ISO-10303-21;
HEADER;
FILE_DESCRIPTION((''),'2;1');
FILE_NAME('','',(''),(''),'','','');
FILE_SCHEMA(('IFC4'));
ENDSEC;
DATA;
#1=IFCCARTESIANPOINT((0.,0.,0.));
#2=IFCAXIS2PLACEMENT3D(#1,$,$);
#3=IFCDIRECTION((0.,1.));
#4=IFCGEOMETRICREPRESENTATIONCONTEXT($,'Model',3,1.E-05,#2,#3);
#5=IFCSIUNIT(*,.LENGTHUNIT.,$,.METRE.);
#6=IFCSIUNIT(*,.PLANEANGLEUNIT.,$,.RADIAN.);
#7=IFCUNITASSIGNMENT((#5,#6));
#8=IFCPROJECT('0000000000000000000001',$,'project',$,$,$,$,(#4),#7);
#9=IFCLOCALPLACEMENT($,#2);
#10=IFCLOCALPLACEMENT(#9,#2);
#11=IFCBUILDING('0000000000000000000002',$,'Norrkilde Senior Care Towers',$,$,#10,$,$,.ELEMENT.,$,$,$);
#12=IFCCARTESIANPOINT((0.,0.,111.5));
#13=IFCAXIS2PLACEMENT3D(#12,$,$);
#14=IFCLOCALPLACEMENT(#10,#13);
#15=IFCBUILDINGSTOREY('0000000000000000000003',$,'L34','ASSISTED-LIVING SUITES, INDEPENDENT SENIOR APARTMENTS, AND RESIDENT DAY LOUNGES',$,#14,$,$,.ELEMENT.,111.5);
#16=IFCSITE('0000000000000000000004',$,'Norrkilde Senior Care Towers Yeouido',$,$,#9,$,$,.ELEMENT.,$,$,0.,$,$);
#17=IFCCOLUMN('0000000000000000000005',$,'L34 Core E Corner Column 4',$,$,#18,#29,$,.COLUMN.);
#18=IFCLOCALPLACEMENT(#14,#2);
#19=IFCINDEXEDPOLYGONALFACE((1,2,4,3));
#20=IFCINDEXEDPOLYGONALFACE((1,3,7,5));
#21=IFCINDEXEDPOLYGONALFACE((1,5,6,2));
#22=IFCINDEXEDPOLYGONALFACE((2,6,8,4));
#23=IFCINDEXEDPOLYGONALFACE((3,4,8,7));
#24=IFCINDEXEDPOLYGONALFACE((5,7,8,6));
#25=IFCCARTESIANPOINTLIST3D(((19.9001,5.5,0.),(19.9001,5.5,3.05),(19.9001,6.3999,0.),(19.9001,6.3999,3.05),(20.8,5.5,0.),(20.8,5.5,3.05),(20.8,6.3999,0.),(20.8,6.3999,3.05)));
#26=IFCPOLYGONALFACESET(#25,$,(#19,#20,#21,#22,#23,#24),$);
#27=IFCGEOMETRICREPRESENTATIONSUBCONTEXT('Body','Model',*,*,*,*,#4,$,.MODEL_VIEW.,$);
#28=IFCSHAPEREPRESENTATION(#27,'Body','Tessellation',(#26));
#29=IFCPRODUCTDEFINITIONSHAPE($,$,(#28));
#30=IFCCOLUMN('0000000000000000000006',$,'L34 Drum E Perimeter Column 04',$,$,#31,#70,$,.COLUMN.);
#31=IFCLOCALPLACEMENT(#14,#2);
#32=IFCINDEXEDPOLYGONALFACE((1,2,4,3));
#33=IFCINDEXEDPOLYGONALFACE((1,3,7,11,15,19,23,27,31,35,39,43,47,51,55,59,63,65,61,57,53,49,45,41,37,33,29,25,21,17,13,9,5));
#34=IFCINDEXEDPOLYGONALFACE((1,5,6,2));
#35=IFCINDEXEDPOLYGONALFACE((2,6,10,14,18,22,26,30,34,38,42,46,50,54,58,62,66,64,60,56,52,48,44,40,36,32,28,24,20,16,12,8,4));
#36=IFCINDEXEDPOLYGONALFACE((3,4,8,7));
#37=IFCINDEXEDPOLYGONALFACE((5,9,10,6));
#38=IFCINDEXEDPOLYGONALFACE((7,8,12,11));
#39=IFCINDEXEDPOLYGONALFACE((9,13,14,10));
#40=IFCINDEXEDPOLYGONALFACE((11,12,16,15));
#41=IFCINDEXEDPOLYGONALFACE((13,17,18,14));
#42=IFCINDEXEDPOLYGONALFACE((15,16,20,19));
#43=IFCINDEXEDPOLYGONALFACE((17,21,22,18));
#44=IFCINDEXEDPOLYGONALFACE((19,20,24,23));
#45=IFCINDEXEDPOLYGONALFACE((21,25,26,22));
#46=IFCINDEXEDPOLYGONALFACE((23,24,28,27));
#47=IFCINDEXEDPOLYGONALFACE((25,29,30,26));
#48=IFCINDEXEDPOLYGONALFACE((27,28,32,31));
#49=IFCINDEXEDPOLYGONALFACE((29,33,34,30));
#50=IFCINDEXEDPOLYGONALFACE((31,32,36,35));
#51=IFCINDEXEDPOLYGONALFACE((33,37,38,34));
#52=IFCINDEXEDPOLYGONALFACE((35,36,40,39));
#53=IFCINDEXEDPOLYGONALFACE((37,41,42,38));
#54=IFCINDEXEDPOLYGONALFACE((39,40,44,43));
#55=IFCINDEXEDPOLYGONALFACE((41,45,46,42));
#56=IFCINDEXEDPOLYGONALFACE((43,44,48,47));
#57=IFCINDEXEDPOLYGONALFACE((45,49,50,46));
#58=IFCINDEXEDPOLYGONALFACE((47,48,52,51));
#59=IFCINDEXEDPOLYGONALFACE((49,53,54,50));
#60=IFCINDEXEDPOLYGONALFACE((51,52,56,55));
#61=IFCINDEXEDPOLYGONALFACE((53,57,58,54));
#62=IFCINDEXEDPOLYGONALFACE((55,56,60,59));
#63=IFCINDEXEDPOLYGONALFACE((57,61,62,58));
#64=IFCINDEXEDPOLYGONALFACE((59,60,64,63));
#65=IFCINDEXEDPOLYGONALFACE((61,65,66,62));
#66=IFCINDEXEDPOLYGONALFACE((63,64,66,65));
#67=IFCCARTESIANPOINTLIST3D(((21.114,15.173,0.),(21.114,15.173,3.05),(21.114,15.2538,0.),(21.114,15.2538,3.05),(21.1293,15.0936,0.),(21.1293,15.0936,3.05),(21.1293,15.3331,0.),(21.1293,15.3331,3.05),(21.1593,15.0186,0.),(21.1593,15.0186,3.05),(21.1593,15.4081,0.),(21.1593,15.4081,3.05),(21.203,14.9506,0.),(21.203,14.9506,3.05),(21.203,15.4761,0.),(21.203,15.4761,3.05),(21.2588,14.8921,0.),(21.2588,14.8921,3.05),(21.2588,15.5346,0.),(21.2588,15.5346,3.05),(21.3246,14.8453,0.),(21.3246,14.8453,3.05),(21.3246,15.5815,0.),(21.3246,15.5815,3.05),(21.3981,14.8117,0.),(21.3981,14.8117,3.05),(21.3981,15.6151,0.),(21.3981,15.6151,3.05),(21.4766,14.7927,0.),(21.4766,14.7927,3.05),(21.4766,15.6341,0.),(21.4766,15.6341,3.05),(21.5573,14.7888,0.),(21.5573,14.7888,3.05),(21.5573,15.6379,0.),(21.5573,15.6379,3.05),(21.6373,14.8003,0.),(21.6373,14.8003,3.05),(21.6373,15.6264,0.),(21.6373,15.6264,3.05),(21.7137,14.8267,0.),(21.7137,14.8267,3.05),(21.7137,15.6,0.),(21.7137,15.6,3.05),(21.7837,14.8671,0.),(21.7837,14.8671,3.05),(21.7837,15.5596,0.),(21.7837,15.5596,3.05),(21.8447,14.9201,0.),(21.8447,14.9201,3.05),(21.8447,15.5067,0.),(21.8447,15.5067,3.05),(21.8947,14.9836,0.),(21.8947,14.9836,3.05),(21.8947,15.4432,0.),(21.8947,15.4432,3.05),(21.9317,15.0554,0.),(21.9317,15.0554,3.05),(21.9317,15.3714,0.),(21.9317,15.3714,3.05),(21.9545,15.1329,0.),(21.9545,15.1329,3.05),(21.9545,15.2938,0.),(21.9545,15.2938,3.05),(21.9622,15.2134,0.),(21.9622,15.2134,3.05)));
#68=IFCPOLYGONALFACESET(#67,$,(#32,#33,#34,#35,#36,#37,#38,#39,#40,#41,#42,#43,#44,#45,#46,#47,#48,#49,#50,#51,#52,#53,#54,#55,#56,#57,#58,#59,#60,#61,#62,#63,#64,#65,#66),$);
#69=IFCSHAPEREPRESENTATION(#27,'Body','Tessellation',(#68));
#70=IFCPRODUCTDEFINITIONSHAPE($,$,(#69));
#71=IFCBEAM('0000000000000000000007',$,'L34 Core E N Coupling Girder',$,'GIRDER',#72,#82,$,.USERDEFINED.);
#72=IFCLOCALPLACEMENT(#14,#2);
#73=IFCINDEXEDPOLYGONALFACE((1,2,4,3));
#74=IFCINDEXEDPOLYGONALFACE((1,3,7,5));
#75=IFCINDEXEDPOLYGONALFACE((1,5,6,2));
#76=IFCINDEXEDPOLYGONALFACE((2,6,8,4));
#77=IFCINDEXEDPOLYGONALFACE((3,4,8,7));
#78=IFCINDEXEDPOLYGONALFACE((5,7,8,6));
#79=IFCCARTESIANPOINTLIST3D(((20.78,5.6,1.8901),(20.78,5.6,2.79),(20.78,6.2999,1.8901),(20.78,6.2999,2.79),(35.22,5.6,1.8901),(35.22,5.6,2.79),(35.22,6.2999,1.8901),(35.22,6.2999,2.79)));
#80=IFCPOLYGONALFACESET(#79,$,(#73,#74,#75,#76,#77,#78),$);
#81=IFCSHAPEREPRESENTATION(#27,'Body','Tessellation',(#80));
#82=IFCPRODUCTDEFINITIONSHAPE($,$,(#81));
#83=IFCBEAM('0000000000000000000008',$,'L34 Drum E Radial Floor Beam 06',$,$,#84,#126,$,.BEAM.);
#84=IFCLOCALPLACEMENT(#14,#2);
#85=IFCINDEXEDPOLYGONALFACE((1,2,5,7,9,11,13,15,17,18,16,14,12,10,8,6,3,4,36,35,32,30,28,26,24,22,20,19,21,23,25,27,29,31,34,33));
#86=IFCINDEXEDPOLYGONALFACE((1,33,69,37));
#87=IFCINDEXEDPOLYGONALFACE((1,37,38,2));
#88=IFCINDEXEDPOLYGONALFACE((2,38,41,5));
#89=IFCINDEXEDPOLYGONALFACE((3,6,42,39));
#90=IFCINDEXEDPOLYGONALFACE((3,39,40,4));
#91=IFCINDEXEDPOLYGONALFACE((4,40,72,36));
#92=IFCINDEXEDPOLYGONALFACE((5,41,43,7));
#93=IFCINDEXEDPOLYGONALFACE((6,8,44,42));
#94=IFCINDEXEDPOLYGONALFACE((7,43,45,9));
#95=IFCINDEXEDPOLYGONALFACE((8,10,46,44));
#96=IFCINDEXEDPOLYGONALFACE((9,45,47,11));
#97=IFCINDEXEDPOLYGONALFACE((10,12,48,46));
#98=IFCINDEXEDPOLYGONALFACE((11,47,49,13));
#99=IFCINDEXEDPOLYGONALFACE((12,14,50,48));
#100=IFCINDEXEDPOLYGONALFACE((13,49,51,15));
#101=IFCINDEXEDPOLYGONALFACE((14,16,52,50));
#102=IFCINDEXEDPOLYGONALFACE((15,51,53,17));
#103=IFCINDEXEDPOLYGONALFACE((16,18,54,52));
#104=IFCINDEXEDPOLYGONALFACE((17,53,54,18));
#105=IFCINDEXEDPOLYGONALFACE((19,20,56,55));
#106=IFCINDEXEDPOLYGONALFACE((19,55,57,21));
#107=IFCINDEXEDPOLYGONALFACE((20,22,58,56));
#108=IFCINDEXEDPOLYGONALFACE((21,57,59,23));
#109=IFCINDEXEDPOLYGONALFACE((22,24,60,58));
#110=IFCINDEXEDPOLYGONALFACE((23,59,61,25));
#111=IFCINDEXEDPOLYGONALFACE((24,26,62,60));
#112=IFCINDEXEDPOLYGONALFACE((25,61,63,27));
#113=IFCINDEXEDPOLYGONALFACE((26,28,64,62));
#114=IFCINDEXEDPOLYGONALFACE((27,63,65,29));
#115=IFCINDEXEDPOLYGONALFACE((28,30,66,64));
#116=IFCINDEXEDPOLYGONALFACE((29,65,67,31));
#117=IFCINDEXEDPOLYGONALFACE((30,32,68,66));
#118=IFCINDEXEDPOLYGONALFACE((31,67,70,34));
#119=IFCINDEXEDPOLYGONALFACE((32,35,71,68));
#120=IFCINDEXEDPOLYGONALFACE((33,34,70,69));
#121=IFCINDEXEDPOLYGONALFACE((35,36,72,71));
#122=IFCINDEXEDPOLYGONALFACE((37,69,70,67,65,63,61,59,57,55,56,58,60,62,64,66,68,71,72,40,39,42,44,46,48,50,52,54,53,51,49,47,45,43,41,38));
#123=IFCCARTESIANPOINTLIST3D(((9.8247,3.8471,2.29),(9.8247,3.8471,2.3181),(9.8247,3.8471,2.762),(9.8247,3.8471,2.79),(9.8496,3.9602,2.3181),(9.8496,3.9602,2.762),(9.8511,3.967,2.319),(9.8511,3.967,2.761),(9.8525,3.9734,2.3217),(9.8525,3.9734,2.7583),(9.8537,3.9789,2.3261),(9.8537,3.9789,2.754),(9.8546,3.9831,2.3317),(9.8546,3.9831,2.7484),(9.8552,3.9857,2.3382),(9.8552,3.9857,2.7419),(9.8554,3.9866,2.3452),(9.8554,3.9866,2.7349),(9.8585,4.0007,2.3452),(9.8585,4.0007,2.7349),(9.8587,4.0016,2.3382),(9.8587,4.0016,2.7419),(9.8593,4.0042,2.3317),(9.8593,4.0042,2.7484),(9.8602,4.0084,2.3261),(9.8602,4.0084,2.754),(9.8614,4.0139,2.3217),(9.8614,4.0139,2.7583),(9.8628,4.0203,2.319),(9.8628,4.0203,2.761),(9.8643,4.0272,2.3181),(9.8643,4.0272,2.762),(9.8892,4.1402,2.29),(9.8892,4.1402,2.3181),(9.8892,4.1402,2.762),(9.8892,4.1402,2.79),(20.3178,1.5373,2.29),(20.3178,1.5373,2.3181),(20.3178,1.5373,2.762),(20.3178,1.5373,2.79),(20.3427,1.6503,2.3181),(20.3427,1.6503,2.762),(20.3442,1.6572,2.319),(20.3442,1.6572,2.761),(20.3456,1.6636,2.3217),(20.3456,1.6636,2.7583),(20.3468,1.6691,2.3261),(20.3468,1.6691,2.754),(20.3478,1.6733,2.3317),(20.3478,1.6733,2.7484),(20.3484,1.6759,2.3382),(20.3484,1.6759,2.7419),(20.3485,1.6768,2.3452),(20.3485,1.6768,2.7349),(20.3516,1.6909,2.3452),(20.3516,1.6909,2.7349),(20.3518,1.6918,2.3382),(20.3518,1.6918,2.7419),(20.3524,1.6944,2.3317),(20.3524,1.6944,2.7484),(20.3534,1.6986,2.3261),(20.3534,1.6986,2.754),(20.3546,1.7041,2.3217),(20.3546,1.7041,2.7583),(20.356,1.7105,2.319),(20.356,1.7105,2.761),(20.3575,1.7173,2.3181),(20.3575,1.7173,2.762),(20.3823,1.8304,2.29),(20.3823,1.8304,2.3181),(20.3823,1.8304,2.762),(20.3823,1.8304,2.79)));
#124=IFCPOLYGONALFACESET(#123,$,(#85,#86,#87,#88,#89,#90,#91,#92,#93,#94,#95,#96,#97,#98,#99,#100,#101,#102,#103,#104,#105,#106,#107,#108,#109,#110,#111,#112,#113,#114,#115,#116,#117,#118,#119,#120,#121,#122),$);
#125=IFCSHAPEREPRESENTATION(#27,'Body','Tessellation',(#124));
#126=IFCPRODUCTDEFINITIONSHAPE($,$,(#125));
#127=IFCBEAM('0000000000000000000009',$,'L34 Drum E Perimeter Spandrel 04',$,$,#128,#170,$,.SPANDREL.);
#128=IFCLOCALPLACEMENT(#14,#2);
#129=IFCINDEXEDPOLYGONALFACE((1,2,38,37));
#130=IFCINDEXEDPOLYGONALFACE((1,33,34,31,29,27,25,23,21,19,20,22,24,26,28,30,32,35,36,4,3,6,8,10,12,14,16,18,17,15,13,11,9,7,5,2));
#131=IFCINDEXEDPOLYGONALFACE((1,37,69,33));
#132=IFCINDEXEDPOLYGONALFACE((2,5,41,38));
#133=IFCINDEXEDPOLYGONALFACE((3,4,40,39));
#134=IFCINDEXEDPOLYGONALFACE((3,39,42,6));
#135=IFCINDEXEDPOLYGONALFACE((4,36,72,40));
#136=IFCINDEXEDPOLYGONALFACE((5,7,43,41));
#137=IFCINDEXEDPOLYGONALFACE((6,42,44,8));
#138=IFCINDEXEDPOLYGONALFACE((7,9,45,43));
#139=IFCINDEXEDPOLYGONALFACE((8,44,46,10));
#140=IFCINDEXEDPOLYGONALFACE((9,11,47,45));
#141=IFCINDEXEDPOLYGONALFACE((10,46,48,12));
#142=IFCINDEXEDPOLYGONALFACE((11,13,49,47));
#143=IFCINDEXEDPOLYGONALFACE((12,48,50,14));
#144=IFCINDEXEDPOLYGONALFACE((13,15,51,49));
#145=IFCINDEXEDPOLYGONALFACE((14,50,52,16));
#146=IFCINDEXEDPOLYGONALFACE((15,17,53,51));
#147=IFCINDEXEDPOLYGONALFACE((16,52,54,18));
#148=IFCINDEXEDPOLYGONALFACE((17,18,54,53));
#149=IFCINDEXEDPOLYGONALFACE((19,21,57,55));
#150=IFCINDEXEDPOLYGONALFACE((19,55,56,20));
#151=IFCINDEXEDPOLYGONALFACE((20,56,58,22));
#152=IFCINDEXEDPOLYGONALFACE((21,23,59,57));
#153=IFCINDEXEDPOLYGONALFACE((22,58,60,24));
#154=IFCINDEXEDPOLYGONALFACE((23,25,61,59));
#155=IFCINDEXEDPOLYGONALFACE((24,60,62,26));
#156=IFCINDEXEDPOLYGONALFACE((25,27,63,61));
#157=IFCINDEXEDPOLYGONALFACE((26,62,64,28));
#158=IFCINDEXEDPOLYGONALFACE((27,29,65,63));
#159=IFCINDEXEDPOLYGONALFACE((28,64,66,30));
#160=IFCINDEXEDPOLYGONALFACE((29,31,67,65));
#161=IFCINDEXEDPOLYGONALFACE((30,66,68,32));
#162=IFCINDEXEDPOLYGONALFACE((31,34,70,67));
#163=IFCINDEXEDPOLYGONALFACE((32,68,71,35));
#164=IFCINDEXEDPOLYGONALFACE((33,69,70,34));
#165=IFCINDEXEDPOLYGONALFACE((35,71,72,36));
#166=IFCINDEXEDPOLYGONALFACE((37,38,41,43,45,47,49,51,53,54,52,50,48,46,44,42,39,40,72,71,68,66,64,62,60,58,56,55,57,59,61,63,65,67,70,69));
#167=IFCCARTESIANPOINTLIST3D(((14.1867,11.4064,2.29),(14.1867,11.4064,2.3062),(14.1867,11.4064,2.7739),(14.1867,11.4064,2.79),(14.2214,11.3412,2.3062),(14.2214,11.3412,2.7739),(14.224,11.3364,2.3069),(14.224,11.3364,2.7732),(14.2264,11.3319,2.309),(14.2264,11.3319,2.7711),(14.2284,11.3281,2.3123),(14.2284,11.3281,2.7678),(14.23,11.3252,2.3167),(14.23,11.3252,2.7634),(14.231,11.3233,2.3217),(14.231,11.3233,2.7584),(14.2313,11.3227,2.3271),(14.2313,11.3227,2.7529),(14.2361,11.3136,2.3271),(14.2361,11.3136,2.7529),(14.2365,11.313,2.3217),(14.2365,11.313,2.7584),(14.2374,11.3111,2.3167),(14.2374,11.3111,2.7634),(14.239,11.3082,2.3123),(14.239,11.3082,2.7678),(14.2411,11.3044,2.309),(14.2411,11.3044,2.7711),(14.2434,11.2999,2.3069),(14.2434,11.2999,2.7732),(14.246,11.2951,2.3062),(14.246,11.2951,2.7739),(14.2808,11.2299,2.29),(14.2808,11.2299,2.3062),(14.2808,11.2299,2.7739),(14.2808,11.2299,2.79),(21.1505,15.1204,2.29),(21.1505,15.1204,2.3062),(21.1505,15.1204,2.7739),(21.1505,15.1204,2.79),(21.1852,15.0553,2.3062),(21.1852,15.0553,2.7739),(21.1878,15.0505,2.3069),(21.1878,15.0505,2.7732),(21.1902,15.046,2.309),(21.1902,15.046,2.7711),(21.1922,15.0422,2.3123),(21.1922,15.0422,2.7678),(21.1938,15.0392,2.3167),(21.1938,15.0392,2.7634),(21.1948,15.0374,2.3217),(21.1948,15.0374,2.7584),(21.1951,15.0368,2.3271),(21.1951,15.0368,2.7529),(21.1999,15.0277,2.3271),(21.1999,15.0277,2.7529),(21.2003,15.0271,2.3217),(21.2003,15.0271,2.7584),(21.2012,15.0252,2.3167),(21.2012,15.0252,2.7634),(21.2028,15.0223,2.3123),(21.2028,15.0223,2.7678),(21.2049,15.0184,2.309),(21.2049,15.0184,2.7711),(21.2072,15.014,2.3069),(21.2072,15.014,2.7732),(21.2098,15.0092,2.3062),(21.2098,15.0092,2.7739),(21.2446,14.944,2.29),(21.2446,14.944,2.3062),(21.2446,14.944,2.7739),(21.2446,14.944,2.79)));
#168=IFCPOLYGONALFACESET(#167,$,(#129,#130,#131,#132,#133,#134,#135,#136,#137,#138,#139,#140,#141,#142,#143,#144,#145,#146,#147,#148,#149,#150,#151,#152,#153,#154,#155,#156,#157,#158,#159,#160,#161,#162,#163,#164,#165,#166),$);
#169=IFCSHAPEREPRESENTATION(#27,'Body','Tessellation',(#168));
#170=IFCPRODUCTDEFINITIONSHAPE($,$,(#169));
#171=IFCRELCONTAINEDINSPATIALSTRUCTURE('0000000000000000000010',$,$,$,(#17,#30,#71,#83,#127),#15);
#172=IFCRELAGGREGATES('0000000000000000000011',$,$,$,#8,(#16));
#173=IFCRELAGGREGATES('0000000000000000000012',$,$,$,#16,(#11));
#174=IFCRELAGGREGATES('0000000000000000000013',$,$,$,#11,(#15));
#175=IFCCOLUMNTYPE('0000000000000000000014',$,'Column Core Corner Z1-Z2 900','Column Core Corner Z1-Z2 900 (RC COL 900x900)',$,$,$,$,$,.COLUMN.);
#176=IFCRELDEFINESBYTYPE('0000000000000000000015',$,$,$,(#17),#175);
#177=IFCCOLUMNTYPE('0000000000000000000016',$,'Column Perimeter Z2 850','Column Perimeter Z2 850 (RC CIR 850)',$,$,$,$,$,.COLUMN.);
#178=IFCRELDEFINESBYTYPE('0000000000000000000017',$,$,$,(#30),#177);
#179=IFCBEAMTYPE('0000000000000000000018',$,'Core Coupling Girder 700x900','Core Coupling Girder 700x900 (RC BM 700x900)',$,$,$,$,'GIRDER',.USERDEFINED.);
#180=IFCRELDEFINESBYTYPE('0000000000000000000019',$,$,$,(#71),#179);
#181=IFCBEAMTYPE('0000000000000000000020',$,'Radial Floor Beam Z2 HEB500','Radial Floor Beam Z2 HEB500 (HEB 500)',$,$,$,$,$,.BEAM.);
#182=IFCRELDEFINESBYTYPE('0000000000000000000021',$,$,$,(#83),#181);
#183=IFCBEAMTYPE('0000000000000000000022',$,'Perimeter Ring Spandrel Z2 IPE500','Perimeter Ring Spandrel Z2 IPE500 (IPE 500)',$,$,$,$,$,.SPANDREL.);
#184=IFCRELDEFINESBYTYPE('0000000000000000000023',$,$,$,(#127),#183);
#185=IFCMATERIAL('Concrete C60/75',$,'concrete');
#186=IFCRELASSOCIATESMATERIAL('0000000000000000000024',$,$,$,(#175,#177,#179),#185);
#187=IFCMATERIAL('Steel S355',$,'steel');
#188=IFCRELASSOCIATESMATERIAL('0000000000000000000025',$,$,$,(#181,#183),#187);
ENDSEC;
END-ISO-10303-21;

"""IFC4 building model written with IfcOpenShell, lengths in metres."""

from ifc_helpers import new_model, si_unit, direction, frame, origin, origin_2d, place, context, subcontext, project, spatial, rectangle, circle, i_section, extrude, source, transform, mapped, material, material_profile, profile_set, type_object, type_shapes, element, save


model = new_model("IFC4")

# Units and contexts
model_context = context("Model", 3, precision=1e-05, world=origin(), true_north=direction((0.0, 1.0)))
body_context = subcontext(model_context, "Body", "Model", "MODEL_VIEW")
ifc_project = project(units=[si_unit("LENGTHUNIT", "METRE"), si_unit("PLANEANGLEUNIT", "RADIAN")], contexts=[model_context])

# Site, building, storey
site_placement = place(None, origin())
site = spatial("IfcSite", under=ifc_project, at=site_placement, Name="Norrkilde Senior Care Towers Yeouido", CompositionType="ELEMENT", RefElevation=0.0)
building_placement = place(site_placement, origin())
building = spatial("IfcBuilding", under=site, at=building_placement, Name="Norrkilde Senior Care Towers", CompositionType="ELEMENT")
storey_placement = place(building_placement, frame((0.0, 0.0, 111.5)))
storey = spatial("IfcBuildingStorey", under=building, at=storey_placement, Name="L34", Description="ASSISTED-LIVING SUITES, INDEPENDENT SENIOR APARTMENTS, AND RESIDENT DAY LOUNGES", CompositionType="ELEMENT", Elevation=111.5)

# Columns
ifc_material_1 = material(Name="Concrete C60/75", Category="concrete")
ifc_material_profile_1 = material_profile(ifc_material_1, rectangle(XDim=0.8999, YDim=0.8999, at=origin_2d()), Name="RC COL 900x900")
ifc_profile_set_1 = profile_set([ifc_material_profile_1], Name="Concrete C60/75")
column_type_1 = type_object("IfcColumnType", Name="Column Core Corner Z1-Z2 900", Description="Column Core Corner Z1-Z2 900 (RC COL 900x900)", PredefinedType="COLUMN", material=ifc_profile_set_1)
shared_shape_1 = source(origin(), body_context, "Body", "SweptSolid", [
    extrude(rectangle(XDim=0.8999, YDim=0.8999, at=origin_2d()), origin(), (0.0, 0.0, 1.0), 3.05),
])
type_shapes(column_type_1, [shared_shape_1])
column_1_placement = place(storey_placement, frame((20.3501, 5.95, 0.0), z_axis=(0.0, 0.0, 1.0), x_axis=(1.0, 0.0, 0.0)))
element("IfcColumn", 1, at=column_1_placement, inside=storey, type_object=column_type_1, Name="L34 Core E Corner Column 4", PredefinedType="COLUMN", context=body_context, shape_type="MappedRepresentation", body=[
    mapped(shared_shape_1, transform((0.0, 0.0, 0.0), x_axis=(1.0, 0.0, 0.0), y_axis=(0.0, 1.0, 0.0), z_axis=(0.0, 0.0, 1.0), scale=1.0)),
])
ifc_material_profile_2 = material_profile(ifc_material_1, circle(Radius=0.425, at=origin_2d()), Name="RC CIR 850")
ifc_profile_set_2 = profile_set([ifc_material_profile_2], Name="Concrete C60/75")
column_type_2 = type_object("IfcColumnType", Name="Column Perimeter Z2 850", Description="Column Perimeter Z2 850 (RC CIR 850)", PredefinedType="COLUMN", material=ifc_profile_set_2)
shared_shape_2 = source(origin(), body_context, "Body", "SweptSolid", [
    extrude(circle(Radius=0.425, at=origin_2d()), origin(), (0.0, 0.0, 1.0), 3.05),
])
type_shapes(column_type_2, [shared_shape_2])
column_2_placement = place(storey_placement, frame((21.5371, 15.2134, 0.0), z_axis=(0.0, 0.0, 1.0), x_axis=(1.0, 0.0, 0.0)))
element("IfcColumn", 2, at=column_2_placement, inside=storey, type_object=column_type_2, Name="L34 Drum E Perimeter Column 04", PredefinedType="COLUMN", context=body_context, shape_type="MappedRepresentation", body=[
    mapped(shared_shape_2, transform((0.0, 0.0, 0.0), x_axis=(1.0, 0.0, 0.0), y_axis=(0.0, 1.0, 0.0), z_axis=(0.0, 0.0, 1.0), scale=1.0)),
])

# Beams
ifc_material_profile_3 = material_profile(ifc_material_1, rectangle(XDim=0.7, YDim=0.8999, at=origin_2d()), Name="RC BM 700x900")
ifc_profile_set_3 = profile_set([ifc_material_profile_3], Name="Concrete C60/75")
beam_type_1 = type_object("IfcBeamType", Name="Core Coupling Girder 700x900", Description="Core Coupling Girder 700x900 (RC BM 700x900)", ElementType="GIRDER", PredefinedType="USERDEFINED", material=ifc_profile_set_3)
shared_shape_3 = source(origin(), body_context, "Body", "SweptSolid", [
    extrude(rectangle(XDim=0.7, YDim=0.8999, at=origin_2d()), origin(), (0.0, 0.0, 1.0), 14.4399),
])
type_shapes(beam_type_1, [shared_shape_3])
beam_1_placement = place(storey_placement, frame((20.78, 5.95, 2.3401), z_axis=(1.0, 0.0, 0.0), x_axis=(0.0, 1.0, 0.0)))
element("IfcBeam", 3, at=beam_1_placement, inside=storey, type_object=beam_type_1, Name="L34 Core E N Coupling Girder", ObjectType="GIRDER", PredefinedType="USERDEFINED", context=body_context, shape_type="MappedRepresentation", body=[
    mapped(shared_shape_3, transform((0.0, 0.0, 0.0), x_axis=(1.0, 0.0, 0.0), y_axis=(0.0, 1.0, 0.0), z_axis=(0.0, 0.0, 1.0), scale=1.0)),
])
ifc_material_2 = material(Name="Steel S355", Category="steel")
ifc_material_profile_4 = material_profile(ifc_material_2, i_section(OverallWidth=0.3, OverallDepth=0.5, WebThickness=0.0144, FlangeThickness=0.0281, FilletRadius=0.0271, at=origin_2d()), Name="HEB 500")
ifc_profile_set_4 = profile_set([ifc_material_profile_4], Name="Steel S355")
beam_type_2 = type_object("IfcBeamType", Name="Radial Floor Beam Z2 HEB500", Description="Radial Floor Beam Z2 HEB500 (HEB 500)", PredefinedType="BEAM", material=ifc_profile_set_4)
shared_shape_4 = source(origin(), body_context, "Body", "SweptSolid", [
    extrude(i_section(OverallWidth=0.3, OverallDepth=0.5, WebThickness=0.0144, FlangeThickness=0.0281, FilletRadius=0.0271, at=origin_2d()), origin(), (0.0, 0.0, 1.0), 10.7444),
])
beam_2_placement = place(storey_placement, frame((20.3501, 1.6838, 2.54), z_axis=(-0.976619, 0.214979, 0.0), x_axis=(-0.214979, -0.976619, 0.0)))
element("IfcBeam", 4, at=beam_2_placement, inside=storey, type_object=beam_type_2, Name="L34 Drum E Radial Floor Beam 06", PredefinedType="BEAM", context=body_context, shape_type="MappedRepresentation", body=[
    mapped(shared_shape_4, transform((0.0, 0.0, 0.0), x_axis=(1.0, 0.0, 0.0), y_axis=(0.0, 1.0, 0.0), z_axis=(0.0, 0.0, 1.0), scale=1.0)),
])
ifc_material_profile_5 = material_profile(ifc_material_2, i_section(OverallWidth=0.2, OverallDepth=0.5, WebThickness=0.0103, FlangeThickness=0.0161, FilletRadius=0.021, at=origin_2d()), Name="IPE 500")
ifc_profile_set_5 = profile_set([ifc_material_profile_5], Name="Steel S355")
beam_type_3 = type_object("IfcBeamType", Name="Perimeter Ring Spandrel Z2 IPE500", Description="Perimeter Ring Spandrel Z2 IPE500 (IPE 500)", PredefinedType="SPANDREL", material=ifc_profile_set_5)
shared_shape_5 = source(origin(), body_context, "Body", "SweptSolid", [
    extrude(i_section(OverallWidth=0.2, OverallDepth=0.5, WebThickness=0.0103, FlangeThickness=0.0161, FilletRadius=0.021, at=origin_2d()), origin(), (0.0, 0.0, 1.0), 7.8923),
])
type_shapes(beam_type_3, [shared_shape_5])
beam_3_placement = place(storey_placement, frame((21.1975, 15.0322, 2.54), z_axis=(-0.88235, -0.470593, 0.0), x_axis=(0.470593, -0.88235, 0.0)))
element("IfcBeam", 5, at=beam_3_placement, inside=storey, type_object=beam_type_3, Name="L34 Drum E Perimeter Spandrel 04", PredefinedType="SPANDREL", context=body_context, shape_type="MappedRepresentation", body=[
    mapped(shared_shape_5, transform((0.0, 0.0, 0.0), x_axis=(1.0, 0.0, 0.0), y_axis=(0.0, 1.0, 0.0), z_axis=(0.0, 0.0, 1.0), scale=1.0)),
])

save(model, "model.ifc")
